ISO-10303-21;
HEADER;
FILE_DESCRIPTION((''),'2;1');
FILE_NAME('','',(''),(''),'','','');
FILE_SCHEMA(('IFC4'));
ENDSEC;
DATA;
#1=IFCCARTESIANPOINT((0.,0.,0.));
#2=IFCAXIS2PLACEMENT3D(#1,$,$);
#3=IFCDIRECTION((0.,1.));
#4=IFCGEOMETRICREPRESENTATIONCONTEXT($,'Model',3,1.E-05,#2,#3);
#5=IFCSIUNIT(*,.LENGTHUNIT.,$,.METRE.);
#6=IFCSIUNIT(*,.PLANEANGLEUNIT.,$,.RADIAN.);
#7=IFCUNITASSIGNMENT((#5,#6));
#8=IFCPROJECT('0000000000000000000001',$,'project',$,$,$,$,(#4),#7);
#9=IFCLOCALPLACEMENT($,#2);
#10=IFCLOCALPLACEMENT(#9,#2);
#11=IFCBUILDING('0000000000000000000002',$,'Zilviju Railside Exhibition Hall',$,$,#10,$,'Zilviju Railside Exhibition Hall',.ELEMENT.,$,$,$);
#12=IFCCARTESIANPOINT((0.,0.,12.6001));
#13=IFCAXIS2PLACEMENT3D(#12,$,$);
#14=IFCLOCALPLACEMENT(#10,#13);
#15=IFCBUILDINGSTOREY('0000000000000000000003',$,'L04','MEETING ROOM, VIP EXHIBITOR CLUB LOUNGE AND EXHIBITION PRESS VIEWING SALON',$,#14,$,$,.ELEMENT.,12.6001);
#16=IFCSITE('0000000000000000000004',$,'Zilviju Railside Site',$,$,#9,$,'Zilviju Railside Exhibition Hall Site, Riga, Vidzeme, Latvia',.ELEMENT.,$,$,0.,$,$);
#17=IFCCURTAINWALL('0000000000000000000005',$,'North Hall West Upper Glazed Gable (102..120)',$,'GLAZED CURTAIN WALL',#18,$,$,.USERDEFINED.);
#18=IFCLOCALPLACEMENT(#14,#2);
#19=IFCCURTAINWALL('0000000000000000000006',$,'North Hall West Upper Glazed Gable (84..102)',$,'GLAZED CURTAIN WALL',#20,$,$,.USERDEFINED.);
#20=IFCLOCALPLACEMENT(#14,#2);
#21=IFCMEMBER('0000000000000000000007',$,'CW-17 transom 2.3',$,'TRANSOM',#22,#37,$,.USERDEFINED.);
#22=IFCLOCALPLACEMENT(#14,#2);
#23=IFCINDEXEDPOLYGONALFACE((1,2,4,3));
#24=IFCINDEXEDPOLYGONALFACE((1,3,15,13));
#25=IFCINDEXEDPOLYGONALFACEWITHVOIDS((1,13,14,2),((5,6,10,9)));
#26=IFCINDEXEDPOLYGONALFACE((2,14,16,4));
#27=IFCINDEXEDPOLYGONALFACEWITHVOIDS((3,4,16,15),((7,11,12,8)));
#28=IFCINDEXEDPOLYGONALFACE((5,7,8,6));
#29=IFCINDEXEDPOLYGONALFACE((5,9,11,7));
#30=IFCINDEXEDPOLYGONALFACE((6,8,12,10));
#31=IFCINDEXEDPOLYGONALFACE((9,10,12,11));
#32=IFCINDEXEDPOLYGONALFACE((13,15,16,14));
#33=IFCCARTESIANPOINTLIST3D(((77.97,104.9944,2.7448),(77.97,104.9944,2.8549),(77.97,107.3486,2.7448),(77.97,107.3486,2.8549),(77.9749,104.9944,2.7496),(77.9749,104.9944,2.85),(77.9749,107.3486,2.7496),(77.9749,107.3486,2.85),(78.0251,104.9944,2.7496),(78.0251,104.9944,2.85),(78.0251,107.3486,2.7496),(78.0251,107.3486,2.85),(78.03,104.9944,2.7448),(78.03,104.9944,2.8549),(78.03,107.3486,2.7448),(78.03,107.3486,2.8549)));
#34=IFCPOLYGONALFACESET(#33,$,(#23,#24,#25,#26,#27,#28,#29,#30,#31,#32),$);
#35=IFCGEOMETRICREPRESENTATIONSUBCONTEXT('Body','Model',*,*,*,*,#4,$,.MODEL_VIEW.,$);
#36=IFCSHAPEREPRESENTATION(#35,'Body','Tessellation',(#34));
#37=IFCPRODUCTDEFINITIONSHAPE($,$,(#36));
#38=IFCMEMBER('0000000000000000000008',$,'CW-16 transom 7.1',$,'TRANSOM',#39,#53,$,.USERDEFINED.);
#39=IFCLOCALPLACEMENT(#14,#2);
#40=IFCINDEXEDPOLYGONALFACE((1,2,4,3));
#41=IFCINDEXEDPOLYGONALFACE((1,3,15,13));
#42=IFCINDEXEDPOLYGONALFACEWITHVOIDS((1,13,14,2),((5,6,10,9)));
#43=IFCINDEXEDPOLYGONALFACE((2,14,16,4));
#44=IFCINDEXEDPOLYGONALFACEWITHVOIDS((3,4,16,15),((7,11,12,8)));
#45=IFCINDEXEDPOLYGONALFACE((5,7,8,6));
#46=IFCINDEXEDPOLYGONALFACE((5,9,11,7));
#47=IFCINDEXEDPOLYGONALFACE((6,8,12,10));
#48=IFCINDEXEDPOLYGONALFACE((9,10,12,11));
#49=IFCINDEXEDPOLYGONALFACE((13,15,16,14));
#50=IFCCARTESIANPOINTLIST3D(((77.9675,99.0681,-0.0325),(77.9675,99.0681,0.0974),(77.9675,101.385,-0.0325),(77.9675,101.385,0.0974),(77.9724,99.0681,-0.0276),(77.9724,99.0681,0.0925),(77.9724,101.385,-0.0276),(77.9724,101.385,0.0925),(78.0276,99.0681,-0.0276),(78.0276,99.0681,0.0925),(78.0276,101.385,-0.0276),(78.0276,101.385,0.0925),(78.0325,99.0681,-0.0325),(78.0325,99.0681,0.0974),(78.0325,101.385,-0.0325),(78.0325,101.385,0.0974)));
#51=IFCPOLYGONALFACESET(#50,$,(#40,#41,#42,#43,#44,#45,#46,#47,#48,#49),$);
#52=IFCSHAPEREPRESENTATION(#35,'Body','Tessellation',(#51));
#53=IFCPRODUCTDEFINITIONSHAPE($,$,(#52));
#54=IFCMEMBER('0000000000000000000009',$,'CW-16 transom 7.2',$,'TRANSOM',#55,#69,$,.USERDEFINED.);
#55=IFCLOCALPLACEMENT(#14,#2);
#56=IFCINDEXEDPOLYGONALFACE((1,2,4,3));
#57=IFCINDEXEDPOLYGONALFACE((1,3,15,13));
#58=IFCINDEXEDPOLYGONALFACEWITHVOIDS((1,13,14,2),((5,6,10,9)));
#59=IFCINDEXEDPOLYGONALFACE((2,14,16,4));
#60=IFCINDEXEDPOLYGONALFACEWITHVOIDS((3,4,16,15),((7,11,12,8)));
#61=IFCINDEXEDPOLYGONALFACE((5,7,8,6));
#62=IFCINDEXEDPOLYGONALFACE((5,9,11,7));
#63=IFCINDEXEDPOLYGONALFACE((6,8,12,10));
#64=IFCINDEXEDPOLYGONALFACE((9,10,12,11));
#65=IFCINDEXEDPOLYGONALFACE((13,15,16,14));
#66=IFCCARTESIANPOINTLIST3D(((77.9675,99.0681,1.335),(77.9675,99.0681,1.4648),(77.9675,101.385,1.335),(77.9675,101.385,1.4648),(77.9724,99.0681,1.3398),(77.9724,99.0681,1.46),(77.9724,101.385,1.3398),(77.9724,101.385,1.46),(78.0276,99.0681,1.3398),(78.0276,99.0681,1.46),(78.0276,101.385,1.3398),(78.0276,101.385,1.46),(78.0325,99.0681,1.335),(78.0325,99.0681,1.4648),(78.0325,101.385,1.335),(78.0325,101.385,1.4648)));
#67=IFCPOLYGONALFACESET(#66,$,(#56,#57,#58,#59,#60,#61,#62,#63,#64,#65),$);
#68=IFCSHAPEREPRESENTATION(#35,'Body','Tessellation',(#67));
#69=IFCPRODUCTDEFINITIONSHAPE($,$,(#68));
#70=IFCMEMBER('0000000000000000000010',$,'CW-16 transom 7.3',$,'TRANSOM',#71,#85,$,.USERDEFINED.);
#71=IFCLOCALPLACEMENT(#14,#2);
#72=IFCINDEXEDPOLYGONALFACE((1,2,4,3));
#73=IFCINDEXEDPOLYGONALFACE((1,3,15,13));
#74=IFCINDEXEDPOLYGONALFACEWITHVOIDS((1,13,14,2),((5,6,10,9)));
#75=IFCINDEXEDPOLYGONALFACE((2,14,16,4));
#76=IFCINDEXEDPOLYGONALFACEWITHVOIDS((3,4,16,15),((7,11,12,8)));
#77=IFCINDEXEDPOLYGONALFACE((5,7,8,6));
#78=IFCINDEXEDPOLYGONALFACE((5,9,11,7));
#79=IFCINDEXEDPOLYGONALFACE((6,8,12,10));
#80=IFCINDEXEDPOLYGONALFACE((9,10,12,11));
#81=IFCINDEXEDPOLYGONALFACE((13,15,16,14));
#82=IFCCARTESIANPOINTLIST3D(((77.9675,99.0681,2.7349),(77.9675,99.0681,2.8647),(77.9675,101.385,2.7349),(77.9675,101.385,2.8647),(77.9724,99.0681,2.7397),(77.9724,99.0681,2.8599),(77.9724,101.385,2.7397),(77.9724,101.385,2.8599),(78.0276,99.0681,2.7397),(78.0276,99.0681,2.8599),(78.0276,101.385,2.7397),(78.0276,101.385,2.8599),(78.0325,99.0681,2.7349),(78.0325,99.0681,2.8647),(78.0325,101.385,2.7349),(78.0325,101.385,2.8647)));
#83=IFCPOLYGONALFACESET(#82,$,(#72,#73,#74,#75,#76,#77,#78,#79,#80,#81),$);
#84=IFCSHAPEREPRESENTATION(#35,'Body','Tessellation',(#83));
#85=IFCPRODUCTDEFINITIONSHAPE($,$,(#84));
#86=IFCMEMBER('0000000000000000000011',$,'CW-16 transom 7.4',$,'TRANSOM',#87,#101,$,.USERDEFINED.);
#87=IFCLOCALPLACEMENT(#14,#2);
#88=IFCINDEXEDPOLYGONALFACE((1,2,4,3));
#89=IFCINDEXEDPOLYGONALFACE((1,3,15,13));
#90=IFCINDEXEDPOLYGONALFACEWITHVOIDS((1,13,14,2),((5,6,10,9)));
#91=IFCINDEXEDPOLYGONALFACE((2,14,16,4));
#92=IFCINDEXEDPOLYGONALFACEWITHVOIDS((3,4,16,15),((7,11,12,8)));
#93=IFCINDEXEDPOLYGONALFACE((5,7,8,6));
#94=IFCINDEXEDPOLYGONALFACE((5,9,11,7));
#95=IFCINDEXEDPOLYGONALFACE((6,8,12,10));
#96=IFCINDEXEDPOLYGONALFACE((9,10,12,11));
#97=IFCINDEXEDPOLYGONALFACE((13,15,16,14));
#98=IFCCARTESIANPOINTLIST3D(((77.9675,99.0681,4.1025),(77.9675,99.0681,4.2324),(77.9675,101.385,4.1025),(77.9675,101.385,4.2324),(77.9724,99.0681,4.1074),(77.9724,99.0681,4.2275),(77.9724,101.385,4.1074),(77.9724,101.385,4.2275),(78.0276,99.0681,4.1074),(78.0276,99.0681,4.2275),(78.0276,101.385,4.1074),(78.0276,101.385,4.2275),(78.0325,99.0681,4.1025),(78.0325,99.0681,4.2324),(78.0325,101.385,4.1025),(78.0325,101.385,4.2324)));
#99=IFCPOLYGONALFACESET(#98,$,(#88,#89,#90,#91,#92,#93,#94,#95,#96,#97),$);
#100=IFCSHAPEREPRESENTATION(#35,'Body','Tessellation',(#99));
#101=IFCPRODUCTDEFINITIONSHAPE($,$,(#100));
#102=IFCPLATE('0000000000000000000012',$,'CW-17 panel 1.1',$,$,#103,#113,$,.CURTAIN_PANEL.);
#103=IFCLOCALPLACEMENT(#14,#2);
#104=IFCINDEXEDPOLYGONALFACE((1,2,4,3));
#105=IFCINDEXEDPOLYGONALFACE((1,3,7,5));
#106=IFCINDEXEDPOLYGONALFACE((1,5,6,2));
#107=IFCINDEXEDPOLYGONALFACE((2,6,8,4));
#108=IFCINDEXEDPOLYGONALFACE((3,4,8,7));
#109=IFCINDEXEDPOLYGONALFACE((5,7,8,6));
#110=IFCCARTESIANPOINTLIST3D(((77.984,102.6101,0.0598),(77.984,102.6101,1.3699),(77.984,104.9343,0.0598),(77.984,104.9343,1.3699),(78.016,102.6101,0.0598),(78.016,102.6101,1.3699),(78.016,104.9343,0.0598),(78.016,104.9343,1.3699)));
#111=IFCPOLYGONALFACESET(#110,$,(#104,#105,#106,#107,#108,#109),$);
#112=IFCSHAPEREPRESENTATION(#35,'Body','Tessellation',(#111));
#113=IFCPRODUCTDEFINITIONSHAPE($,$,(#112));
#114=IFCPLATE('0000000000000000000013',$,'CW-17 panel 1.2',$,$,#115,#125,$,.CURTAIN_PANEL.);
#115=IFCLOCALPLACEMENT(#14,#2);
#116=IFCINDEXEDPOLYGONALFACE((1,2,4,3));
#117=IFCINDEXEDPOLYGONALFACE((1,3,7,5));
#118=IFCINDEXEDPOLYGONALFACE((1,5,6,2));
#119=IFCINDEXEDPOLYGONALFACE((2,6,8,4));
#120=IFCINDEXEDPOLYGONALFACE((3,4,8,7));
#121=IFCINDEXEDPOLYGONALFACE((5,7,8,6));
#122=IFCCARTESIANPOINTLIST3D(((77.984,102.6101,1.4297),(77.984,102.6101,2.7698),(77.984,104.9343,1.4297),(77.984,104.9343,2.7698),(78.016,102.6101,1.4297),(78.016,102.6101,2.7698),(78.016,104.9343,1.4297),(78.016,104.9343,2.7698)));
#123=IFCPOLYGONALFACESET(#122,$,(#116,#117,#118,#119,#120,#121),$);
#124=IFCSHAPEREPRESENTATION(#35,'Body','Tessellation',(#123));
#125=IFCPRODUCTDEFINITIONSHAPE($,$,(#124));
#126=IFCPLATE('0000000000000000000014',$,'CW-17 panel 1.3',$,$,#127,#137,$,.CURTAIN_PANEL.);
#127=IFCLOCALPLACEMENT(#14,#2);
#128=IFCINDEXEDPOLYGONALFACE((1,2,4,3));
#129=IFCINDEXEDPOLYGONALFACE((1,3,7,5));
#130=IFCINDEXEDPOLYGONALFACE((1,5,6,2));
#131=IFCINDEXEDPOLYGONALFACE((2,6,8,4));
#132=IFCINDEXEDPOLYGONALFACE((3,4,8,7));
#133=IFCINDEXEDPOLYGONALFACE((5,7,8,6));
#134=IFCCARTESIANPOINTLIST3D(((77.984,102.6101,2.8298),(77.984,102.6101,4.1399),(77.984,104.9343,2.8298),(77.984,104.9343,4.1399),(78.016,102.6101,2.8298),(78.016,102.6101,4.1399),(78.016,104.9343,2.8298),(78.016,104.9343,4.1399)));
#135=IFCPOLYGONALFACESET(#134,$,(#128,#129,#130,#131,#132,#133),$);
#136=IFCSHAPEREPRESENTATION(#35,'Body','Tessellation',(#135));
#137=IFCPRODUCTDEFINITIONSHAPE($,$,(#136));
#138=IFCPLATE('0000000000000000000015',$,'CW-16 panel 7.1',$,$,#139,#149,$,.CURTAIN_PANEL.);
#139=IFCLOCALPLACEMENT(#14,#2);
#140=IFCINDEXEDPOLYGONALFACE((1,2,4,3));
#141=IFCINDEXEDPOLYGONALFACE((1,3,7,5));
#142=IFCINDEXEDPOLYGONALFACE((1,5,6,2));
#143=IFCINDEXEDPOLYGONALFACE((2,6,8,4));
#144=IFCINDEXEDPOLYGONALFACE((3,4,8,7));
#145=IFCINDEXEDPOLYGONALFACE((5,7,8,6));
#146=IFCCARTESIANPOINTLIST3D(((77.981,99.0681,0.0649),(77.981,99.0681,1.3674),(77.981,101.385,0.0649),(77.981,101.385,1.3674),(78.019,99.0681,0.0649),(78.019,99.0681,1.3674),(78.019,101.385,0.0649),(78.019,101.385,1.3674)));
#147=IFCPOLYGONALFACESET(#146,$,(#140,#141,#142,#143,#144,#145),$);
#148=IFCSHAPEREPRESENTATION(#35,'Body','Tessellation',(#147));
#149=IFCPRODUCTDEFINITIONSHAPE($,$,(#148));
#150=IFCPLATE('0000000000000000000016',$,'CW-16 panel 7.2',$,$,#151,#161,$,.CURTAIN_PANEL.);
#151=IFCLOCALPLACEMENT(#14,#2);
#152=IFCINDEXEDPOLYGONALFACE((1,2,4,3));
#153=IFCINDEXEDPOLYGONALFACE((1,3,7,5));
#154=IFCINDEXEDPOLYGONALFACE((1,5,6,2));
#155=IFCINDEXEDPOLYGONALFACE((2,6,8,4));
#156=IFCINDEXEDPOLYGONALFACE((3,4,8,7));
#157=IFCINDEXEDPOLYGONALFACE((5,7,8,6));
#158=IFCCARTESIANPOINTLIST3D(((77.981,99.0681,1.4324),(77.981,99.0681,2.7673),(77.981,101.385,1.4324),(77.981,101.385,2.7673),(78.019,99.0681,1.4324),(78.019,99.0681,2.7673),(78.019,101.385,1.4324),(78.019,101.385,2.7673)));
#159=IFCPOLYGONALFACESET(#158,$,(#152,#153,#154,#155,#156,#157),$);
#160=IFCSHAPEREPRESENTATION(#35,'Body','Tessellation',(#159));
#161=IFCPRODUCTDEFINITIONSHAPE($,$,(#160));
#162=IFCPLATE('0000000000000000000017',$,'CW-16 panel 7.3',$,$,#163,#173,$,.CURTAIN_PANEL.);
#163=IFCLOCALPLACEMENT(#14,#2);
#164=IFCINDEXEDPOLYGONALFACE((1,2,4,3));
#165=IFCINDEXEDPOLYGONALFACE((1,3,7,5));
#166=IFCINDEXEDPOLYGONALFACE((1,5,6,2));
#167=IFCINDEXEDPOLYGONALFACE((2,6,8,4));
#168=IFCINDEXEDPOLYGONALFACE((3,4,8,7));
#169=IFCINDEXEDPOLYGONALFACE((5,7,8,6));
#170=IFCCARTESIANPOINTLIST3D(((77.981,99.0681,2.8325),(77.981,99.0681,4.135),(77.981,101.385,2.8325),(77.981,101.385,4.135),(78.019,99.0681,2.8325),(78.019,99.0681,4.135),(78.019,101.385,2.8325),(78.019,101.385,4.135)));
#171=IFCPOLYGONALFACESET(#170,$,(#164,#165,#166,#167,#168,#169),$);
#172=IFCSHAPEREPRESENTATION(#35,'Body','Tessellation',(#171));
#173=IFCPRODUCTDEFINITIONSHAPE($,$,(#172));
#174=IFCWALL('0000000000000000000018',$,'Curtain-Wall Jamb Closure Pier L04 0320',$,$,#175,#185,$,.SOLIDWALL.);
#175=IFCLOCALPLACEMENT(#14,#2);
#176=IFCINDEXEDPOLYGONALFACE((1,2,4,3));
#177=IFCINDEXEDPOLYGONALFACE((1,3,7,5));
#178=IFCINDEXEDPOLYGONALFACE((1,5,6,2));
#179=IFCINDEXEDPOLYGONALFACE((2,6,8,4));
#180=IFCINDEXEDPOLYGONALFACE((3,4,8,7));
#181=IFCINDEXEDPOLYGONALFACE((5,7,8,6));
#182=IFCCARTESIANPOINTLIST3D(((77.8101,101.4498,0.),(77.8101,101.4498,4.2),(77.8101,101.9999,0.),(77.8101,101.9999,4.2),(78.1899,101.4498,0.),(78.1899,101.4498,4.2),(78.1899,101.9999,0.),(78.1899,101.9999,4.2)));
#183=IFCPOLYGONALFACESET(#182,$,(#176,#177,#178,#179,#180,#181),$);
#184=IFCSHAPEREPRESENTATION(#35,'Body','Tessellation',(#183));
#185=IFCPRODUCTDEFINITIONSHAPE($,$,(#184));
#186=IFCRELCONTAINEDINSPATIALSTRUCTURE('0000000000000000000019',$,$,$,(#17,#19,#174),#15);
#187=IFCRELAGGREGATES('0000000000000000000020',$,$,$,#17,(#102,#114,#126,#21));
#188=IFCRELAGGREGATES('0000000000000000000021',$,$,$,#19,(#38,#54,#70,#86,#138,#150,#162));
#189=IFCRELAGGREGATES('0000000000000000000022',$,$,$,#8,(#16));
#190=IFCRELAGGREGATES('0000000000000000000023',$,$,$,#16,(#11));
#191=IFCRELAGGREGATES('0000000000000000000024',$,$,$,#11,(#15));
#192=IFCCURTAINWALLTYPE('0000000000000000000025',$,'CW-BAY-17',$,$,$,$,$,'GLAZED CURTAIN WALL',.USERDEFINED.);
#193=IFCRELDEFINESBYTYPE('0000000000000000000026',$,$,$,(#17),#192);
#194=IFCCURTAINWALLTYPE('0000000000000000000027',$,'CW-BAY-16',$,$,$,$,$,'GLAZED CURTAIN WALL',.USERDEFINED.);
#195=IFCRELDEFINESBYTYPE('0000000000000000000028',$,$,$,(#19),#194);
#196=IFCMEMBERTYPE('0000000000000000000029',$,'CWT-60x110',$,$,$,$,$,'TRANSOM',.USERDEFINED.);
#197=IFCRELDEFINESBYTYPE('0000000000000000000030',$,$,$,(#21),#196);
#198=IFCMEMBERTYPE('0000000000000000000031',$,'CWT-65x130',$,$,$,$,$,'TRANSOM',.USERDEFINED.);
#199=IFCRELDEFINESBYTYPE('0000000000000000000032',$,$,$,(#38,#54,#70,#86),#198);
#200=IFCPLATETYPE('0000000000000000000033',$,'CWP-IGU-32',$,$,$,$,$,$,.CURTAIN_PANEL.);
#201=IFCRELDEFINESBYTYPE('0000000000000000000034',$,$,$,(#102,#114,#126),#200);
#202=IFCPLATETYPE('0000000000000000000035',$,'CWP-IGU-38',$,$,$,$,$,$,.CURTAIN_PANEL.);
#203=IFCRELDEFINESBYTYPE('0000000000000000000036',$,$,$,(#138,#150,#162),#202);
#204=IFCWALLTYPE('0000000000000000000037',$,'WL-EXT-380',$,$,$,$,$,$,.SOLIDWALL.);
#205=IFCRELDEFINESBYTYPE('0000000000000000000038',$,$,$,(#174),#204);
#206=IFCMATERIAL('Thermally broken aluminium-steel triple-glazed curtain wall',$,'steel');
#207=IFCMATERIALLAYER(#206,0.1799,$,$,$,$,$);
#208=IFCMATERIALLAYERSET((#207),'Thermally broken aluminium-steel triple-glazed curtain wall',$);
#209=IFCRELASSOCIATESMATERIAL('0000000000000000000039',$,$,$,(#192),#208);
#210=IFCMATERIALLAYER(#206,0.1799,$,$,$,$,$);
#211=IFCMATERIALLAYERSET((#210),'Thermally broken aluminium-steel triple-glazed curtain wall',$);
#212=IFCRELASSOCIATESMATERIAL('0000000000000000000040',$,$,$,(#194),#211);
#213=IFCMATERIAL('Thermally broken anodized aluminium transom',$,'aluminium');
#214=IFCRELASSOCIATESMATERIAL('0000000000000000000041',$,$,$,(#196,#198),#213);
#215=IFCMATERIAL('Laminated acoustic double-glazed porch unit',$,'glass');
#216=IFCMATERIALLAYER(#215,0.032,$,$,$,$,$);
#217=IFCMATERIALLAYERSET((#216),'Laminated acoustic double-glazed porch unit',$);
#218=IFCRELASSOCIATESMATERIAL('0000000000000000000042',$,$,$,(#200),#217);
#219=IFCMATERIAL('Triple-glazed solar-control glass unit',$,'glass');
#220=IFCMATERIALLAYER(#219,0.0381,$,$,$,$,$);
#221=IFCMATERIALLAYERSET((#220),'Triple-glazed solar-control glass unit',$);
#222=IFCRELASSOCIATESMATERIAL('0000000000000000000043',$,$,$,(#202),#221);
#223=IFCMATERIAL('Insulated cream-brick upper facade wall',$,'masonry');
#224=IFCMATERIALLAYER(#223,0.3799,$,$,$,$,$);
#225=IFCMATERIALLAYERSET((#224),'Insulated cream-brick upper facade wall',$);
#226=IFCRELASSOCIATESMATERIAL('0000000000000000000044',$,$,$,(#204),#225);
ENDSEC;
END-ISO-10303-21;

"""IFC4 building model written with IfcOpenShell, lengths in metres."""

from ifc_helpers import new_model, si_unit, direction, frame, frame_2d, origin, origin_2d, place, context, subcontext, project, spatial, rectangle, hollow_rectangle, extrude, material, layer, layer_set, material_profile, profile_set, type_object, element, aggregate, save


model = new_model("IFC4")

# Units and contexts
model_context = context("Model", 3, precision=1e-05, world=origin(), true_north=direction((0.0, 1.0)))
body_context = subcontext(model_context, "Body", "Model", "MODEL_VIEW")
ifc_project = project(units=[si_unit("LENGTHUNIT", "METRE"), si_unit("PLANEANGLEUNIT", "RADIAN")], contexts=[model_context])

# Site, building, storey
site_placement = place(None, origin())
site = spatial("IfcSite", under=ifc_project, at=site_placement, Name="Zilviju Railside Site", LongName="Zilviju Railside Exhibition Hall Site, Riga, Vidzeme, Latvia", CompositionType="ELEMENT", RefElevation=0.0)
building_placement = place(site_placement, origin())
building = spatial("IfcBuilding", under=site, at=building_placement, Name="Zilviju Railside Exhibition Hall", LongName="Zilviju Railside Exhibition Hall", CompositionType="ELEMENT")
storey_placement = place(building_placement, frame((0.0, 0.0, 12.6001)))
storey = spatial("IfcBuildingStorey", under=building, at=storey_placement, Name="L04", Description="MEETING ROOM, VIP EXHIBITOR CLUB LOUNGE AND EXHIBITION PRESS VIEWING SALON", CompositionType="ELEMENT", Elevation=12.6001)

# Curtain wall
ifc_material_1 = material(Name="Thermally broken aluminium-steel triple-glazed curtain wall", Category="steel")
ifc_layer_1 = layer(ifc_material_1, 0.1799)
ifc_layer_set_1 = layer_set([ifc_layer_1], Name="Thermally broken aluminium-steel triple-glazed curtain wall")
curtain_wall_type_1 = type_object("IfcCurtainWallType", Name="CW-BAY-17", ElementType="GLAZED CURTAIN WALL", PredefinedType="USERDEFINED", material=ifc_layer_set_1)
curtain_wall_1_placement = place(storey_placement, origin())
curtain_wall_1 = element("IfcCurtainWall", 1, at=curtain_wall_1_placement, inside=storey, type_object=curtain_wall_type_1, Name="North Hall West Upper Glazed Gable (102..120)", ObjectType="GLAZED CURTAIN WALL", PredefinedType="USERDEFINED")

# Curtain wall
ifc_layer_2 = layer(ifc_material_1, 0.1799)
ifc_layer_set_2 = layer_set([ifc_layer_2], Name="Thermally broken aluminium-steel triple-glazed curtain wall")
curtain_wall_type_2 = type_object("IfcCurtainWallType", Name="CW-BAY-16", ElementType="GLAZED CURTAIN WALL", PredefinedType="USERDEFINED", material=ifc_layer_set_2)
curtain_wall_2_placement = place(storey_placement, origin())
curtain_wall_2 = element("IfcCurtainWall", 2, at=curtain_wall_2_placement, inside=storey, type_object=curtain_wall_type_2, Name="North Hall West Upper Glazed Gable (84..102)", ObjectType="GLAZED CURTAIN WALL", PredefinedType="USERDEFINED")

# Members
ifc_material_2 = material(Name="Thermally broken anodized aluminium transom", Category="aluminium")
ifc_material_profile_1 = material_profile(ifc_material_2, hollow_rectangle(XDim=0.0601, YDim=0.1101, WallThickness=0.0049, at=origin_2d()), Name="TRANSOM 110x60x5")
ifc_profile_set_1 = profile_set([ifc_material_profile_1], Name="Thermally broken anodized aluminium transom")
member_type_1 = type_object("IfcMemberType", Name="CWT-60x110", ElementType="TRANSOM", PredefinedType="USERDEFINED", material=ifc_profile_set_1)
member_1_placement = place(storey_placement, frame((78.0, 104.9944, 2.7998), z_axis=(0.0, 1.0, 0.0), x_axis=(-1.0, 0.0, 0.0)))
member_1 = element("IfcMember", 3, at=member_1_placement, type_object=member_type_1, Name="CW-17 transom 2.3", ObjectType="TRANSOM", PredefinedType="USERDEFINED", context=body_context, shape_type="SweptSolid", body=[
    extrude(hollow_rectangle(XDim=0.0601, YDim=0.1101, WallThickness=0.0049, at=origin_2d()), origin(), (0.0, 0.0, 1.0), 2.3542),
])
ifc_material_profile_2 = material_profile(ifc_material_2, hollow_rectangle(XDim=0.0649, YDim=0.1299, WallThickness=0.0049, at=origin_2d()), Name="TRANSOM 130x65x5")
ifc_profile_set_2 = profile_set([ifc_material_profile_2], Name="Thermally broken anodized aluminium transom")
member_type_2 = type_object("IfcMemberType", Name="CWT-65x130", ElementType="TRANSOM", PredefinedType="USERDEFINED", material=ifc_profile_set_2)
member_2_placement = place(storey_placement, frame((78.0, 99.0681, 0.0325), z_axis=(0.0, 1.0, 0.0), x_axis=(-1.0, 0.0, 0.0)))
member_2 = element("IfcMember", 4, at=member_2_placement, type_object=member_type_2, Name="CW-16 transom 7.1", ObjectType="TRANSOM", PredefinedType="USERDEFINED", context=body_context, shape_type="SweptSolid", body=[
    extrude(hollow_rectangle(XDim=0.0649, YDim=0.1299, WallThickness=0.0049, at=origin_2d()), origin(), (0.0, 0.0, 1.0), 2.3169),
])
member_3_placement = place(storey_placement, frame((78.0, 99.0681, 1.3999), z_axis=(0.0, 1.0, 0.0), x_axis=(-1.0, 0.0, 0.0)))
member_3 = element("IfcMember", 5, at=member_3_placement, type_object=member_type_2, Name="CW-16 transom 7.2", ObjectType="TRANSOM", PredefinedType="USERDEFINED", context=body_context, shape_type="SweptSolid", body=[
    extrude(hollow_rectangle(XDim=0.0649, YDim=0.1299, WallThickness=0.0049, at=origin_2d()), origin(), (0.0, 0.0, 1.0), 2.3169),
])
member_4_placement = place(storey_placement, frame((78.0, 99.0681, 2.7998), z_axis=(0.0, 1.0, 0.0), x_axis=(-1.0, 0.0, 0.0)))
member_4 = element("IfcMember", 6, at=member_4_placement, type_object=member_type_2, Name="CW-16 transom 7.3", ObjectType="TRANSOM", PredefinedType="USERDEFINED", context=body_context, shape_type="SweptSolid", body=[
    extrude(hollow_rectangle(XDim=0.0649, YDim=0.1299, WallThickness=0.0049, at=origin_2d()), origin(), (0.0, 0.0, 1.0), 2.3169),
])
member_5_placement = place(storey_placement, frame((78.0, 99.0681, 4.1675), z_axis=(0.0, 1.0, 0.0), x_axis=(-1.0, 0.0, 0.0)))
member_5 = element("IfcMember", 7, at=member_5_placement, type_object=member_type_2, Name="CW-16 transom 7.4", ObjectType="TRANSOM", PredefinedType="USERDEFINED", context=body_context, shape_type="SweptSolid", body=[
    extrude(hollow_rectangle(XDim=0.0649, YDim=0.1299, WallThickness=0.0049, at=origin_2d()), origin(), (0.0, 0.0, 1.0), 2.3169),
])

# Plates
ifc_material_3 = material(Name="Laminated acoustic double-glazed porch unit", Category="glass")
ifc_layer_3 = layer(ifc_material_3, 0.032)
ifc_layer_set_3 = layer_set([ifc_layer_3], Name="Laminated acoustic double-glazed porch unit")
plate_type_1 = type_object("IfcPlateType", Name="CWP-IGU-32", PredefinedType="CURTAIN_PANEL", material=ifc_layer_set_3)
plate_1_placement = place(storey_placement, frame((78.0, 103.7722, 0.0598), z_axis=(0.0, 0.0, 1.0), x_axis=(0.0, 1.0, 0.0)))
plate_1 = element("IfcPlate", 8, at=plate_1_placement, type_object=plate_type_1, Name="CW-17 panel 1.1", PredefinedType="CURTAIN_PANEL", context=body_context, shape_type="SweptSolid", body=[
    extrude(rectangle(XDim=2.3242, YDim=0.032, at=origin_2d()), origin(), (0.0, 0.0, 1.0), 1.3101),
])
plate_2_placement = place(storey_placement, frame((78.0, 103.7722, 1.4297), z_axis=(0.0, 0.0, 1.0), x_axis=(0.0, 1.0, 0.0)))
plate_2 = element("IfcPlate", 9, at=plate_2_placement, type_object=plate_type_1, Name="CW-17 panel 1.2", PredefinedType="CURTAIN_PANEL", context=body_context, shape_type="SweptSolid", body=[
    extrude(rectangle(XDim=2.3242, YDim=0.032, at=origin_2d()), origin(), (0.0, 0.0, 1.0), 1.3401),
])
plate_3_placement = place(storey_placement, frame((78.0, 103.7722, 2.8298), z_axis=(0.0, 0.0, 1.0), x_axis=(0.0, 1.0, 0.0)))
plate_3 = element("IfcPlate", 10, at=plate_3_placement, type_object=plate_type_1, Name="CW-17 panel 1.3", PredefinedType="CURTAIN_PANEL", context=body_context, shape_type="SweptSolid", body=[
    extrude(rectangle(XDim=2.3242, YDim=0.032, at=origin_2d()), origin(), (0.0, 0.0, 1.0), 1.3101),
])
aggregate(curtain_wall_1, [plate_1, plate_2, plate_3, member_1])
ifc_material_4 = material(Name="Triple-glazed solar-control glass unit", Category="glass")
ifc_layer_4 = layer(ifc_material_4, 0.0381)
ifc_layer_set_4 = layer_set([ifc_layer_4], Name="Triple-glazed solar-control glass unit")
plate_type_2 = type_object("IfcPlateType", Name="CWP-IGU-38", PredefinedType="CURTAIN_PANEL", material=ifc_layer_set_4)
plate_4_placement = place(storey_placement, frame((78.0, 100.2266, 0.0649), z_axis=(0.0, 0.0, 1.0), x_axis=(0.0, 1.0, 0.0)))
plate_4 = element("IfcPlate", 11, at=plate_4_placement, type_object=plate_type_2, Name="CW-16 panel 7.1", PredefinedType="CURTAIN_PANEL", context=body_context, shape_type="SweptSolid", body=[
    extrude(rectangle(XDim=2.3169, YDim=0.0381, at=origin_2d()), origin(), (0.0, 0.0, 1.0), 1.3025),
])
plate_5_placement = place(storey_placement, frame((78.0, 100.2266, 1.4324), z_axis=(0.0, 0.0, 1.0), x_axis=(0.0, 1.0, 0.0)))
plate_5 = element("IfcPlate", 12, at=plate_5_placement, type_object=plate_type_2, Name="CW-16 panel 7.2", PredefinedType="CURTAIN_PANEL", context=body_context, shape_type="SweptSolid", body=[
    extrude(rectangle(XDim=2.3169, YDim=0.0381, at=origin_2d()), origin(), (0.0, 0.0, 1.0), 1.335),
])
plate_6_placement = place(storey_placement, frame((78.0, 100.2266, 2.8325), z_axis=(0.0, 0.0, 1.0), x_axis=(0.0, 1.0, 0.0)))
plate_6 = element("IfcPlate", 13, at=plate_6_placement, type_object=plate_type_2, Name="CW-16 panel 7.3", PredefinedType="CURTAIN_PANEL", context=body_context, shape_type="SweptSolid", body=[
    extrude(rectangle(XDim=2.3169, YDim=0.0381, at=origin_2d()), origin(), (0.0, 0.0, 1.0), 1.3025),
])
aggregate(curtain_wall_2, [member_2, member_3, member_4, member_5, plate_4, plate_5, plate_6])

# Wall
ifc_material_5 = material(Name="Insulated cream-brick upper facade wall", Category="masonry")
ifc_layer_5 = layer(ifc_material_5, 0.3799)
ifc_layer_set_5 = layer_set([ifc_layer_5], Name="Insulated cream-brick upper facade wall")
wall_type = type_object("IfcWallType", Name="WL-EXT-380", PredefinedType="SOLIDWALL", material=ifc_layer_set_5)
wall_1_placement = place(storey_placement, frame((78.0, 101.45, 0.0), z_axis=(0.0, 0.0, 1.0), x_axis=(0.0, 1.0, 0.0)))
element("IfcWall", 14, at=wall_1_placement, inside=storey, type_object=wall_type, Name="Curtain-Wall Jamb Closure Pier L04 0320", PredefinedType="SOLIDWALL", context=body_context, shape_type="SweptSolid", body=[
    extrude(rectangle(XDim=0.55, YDim=0.3799, at=frame_2d((0.2749, 0.0))), origin(), (0.0, 0.0, 1.0), 4.2),
])

save(model, "model.ifc")
